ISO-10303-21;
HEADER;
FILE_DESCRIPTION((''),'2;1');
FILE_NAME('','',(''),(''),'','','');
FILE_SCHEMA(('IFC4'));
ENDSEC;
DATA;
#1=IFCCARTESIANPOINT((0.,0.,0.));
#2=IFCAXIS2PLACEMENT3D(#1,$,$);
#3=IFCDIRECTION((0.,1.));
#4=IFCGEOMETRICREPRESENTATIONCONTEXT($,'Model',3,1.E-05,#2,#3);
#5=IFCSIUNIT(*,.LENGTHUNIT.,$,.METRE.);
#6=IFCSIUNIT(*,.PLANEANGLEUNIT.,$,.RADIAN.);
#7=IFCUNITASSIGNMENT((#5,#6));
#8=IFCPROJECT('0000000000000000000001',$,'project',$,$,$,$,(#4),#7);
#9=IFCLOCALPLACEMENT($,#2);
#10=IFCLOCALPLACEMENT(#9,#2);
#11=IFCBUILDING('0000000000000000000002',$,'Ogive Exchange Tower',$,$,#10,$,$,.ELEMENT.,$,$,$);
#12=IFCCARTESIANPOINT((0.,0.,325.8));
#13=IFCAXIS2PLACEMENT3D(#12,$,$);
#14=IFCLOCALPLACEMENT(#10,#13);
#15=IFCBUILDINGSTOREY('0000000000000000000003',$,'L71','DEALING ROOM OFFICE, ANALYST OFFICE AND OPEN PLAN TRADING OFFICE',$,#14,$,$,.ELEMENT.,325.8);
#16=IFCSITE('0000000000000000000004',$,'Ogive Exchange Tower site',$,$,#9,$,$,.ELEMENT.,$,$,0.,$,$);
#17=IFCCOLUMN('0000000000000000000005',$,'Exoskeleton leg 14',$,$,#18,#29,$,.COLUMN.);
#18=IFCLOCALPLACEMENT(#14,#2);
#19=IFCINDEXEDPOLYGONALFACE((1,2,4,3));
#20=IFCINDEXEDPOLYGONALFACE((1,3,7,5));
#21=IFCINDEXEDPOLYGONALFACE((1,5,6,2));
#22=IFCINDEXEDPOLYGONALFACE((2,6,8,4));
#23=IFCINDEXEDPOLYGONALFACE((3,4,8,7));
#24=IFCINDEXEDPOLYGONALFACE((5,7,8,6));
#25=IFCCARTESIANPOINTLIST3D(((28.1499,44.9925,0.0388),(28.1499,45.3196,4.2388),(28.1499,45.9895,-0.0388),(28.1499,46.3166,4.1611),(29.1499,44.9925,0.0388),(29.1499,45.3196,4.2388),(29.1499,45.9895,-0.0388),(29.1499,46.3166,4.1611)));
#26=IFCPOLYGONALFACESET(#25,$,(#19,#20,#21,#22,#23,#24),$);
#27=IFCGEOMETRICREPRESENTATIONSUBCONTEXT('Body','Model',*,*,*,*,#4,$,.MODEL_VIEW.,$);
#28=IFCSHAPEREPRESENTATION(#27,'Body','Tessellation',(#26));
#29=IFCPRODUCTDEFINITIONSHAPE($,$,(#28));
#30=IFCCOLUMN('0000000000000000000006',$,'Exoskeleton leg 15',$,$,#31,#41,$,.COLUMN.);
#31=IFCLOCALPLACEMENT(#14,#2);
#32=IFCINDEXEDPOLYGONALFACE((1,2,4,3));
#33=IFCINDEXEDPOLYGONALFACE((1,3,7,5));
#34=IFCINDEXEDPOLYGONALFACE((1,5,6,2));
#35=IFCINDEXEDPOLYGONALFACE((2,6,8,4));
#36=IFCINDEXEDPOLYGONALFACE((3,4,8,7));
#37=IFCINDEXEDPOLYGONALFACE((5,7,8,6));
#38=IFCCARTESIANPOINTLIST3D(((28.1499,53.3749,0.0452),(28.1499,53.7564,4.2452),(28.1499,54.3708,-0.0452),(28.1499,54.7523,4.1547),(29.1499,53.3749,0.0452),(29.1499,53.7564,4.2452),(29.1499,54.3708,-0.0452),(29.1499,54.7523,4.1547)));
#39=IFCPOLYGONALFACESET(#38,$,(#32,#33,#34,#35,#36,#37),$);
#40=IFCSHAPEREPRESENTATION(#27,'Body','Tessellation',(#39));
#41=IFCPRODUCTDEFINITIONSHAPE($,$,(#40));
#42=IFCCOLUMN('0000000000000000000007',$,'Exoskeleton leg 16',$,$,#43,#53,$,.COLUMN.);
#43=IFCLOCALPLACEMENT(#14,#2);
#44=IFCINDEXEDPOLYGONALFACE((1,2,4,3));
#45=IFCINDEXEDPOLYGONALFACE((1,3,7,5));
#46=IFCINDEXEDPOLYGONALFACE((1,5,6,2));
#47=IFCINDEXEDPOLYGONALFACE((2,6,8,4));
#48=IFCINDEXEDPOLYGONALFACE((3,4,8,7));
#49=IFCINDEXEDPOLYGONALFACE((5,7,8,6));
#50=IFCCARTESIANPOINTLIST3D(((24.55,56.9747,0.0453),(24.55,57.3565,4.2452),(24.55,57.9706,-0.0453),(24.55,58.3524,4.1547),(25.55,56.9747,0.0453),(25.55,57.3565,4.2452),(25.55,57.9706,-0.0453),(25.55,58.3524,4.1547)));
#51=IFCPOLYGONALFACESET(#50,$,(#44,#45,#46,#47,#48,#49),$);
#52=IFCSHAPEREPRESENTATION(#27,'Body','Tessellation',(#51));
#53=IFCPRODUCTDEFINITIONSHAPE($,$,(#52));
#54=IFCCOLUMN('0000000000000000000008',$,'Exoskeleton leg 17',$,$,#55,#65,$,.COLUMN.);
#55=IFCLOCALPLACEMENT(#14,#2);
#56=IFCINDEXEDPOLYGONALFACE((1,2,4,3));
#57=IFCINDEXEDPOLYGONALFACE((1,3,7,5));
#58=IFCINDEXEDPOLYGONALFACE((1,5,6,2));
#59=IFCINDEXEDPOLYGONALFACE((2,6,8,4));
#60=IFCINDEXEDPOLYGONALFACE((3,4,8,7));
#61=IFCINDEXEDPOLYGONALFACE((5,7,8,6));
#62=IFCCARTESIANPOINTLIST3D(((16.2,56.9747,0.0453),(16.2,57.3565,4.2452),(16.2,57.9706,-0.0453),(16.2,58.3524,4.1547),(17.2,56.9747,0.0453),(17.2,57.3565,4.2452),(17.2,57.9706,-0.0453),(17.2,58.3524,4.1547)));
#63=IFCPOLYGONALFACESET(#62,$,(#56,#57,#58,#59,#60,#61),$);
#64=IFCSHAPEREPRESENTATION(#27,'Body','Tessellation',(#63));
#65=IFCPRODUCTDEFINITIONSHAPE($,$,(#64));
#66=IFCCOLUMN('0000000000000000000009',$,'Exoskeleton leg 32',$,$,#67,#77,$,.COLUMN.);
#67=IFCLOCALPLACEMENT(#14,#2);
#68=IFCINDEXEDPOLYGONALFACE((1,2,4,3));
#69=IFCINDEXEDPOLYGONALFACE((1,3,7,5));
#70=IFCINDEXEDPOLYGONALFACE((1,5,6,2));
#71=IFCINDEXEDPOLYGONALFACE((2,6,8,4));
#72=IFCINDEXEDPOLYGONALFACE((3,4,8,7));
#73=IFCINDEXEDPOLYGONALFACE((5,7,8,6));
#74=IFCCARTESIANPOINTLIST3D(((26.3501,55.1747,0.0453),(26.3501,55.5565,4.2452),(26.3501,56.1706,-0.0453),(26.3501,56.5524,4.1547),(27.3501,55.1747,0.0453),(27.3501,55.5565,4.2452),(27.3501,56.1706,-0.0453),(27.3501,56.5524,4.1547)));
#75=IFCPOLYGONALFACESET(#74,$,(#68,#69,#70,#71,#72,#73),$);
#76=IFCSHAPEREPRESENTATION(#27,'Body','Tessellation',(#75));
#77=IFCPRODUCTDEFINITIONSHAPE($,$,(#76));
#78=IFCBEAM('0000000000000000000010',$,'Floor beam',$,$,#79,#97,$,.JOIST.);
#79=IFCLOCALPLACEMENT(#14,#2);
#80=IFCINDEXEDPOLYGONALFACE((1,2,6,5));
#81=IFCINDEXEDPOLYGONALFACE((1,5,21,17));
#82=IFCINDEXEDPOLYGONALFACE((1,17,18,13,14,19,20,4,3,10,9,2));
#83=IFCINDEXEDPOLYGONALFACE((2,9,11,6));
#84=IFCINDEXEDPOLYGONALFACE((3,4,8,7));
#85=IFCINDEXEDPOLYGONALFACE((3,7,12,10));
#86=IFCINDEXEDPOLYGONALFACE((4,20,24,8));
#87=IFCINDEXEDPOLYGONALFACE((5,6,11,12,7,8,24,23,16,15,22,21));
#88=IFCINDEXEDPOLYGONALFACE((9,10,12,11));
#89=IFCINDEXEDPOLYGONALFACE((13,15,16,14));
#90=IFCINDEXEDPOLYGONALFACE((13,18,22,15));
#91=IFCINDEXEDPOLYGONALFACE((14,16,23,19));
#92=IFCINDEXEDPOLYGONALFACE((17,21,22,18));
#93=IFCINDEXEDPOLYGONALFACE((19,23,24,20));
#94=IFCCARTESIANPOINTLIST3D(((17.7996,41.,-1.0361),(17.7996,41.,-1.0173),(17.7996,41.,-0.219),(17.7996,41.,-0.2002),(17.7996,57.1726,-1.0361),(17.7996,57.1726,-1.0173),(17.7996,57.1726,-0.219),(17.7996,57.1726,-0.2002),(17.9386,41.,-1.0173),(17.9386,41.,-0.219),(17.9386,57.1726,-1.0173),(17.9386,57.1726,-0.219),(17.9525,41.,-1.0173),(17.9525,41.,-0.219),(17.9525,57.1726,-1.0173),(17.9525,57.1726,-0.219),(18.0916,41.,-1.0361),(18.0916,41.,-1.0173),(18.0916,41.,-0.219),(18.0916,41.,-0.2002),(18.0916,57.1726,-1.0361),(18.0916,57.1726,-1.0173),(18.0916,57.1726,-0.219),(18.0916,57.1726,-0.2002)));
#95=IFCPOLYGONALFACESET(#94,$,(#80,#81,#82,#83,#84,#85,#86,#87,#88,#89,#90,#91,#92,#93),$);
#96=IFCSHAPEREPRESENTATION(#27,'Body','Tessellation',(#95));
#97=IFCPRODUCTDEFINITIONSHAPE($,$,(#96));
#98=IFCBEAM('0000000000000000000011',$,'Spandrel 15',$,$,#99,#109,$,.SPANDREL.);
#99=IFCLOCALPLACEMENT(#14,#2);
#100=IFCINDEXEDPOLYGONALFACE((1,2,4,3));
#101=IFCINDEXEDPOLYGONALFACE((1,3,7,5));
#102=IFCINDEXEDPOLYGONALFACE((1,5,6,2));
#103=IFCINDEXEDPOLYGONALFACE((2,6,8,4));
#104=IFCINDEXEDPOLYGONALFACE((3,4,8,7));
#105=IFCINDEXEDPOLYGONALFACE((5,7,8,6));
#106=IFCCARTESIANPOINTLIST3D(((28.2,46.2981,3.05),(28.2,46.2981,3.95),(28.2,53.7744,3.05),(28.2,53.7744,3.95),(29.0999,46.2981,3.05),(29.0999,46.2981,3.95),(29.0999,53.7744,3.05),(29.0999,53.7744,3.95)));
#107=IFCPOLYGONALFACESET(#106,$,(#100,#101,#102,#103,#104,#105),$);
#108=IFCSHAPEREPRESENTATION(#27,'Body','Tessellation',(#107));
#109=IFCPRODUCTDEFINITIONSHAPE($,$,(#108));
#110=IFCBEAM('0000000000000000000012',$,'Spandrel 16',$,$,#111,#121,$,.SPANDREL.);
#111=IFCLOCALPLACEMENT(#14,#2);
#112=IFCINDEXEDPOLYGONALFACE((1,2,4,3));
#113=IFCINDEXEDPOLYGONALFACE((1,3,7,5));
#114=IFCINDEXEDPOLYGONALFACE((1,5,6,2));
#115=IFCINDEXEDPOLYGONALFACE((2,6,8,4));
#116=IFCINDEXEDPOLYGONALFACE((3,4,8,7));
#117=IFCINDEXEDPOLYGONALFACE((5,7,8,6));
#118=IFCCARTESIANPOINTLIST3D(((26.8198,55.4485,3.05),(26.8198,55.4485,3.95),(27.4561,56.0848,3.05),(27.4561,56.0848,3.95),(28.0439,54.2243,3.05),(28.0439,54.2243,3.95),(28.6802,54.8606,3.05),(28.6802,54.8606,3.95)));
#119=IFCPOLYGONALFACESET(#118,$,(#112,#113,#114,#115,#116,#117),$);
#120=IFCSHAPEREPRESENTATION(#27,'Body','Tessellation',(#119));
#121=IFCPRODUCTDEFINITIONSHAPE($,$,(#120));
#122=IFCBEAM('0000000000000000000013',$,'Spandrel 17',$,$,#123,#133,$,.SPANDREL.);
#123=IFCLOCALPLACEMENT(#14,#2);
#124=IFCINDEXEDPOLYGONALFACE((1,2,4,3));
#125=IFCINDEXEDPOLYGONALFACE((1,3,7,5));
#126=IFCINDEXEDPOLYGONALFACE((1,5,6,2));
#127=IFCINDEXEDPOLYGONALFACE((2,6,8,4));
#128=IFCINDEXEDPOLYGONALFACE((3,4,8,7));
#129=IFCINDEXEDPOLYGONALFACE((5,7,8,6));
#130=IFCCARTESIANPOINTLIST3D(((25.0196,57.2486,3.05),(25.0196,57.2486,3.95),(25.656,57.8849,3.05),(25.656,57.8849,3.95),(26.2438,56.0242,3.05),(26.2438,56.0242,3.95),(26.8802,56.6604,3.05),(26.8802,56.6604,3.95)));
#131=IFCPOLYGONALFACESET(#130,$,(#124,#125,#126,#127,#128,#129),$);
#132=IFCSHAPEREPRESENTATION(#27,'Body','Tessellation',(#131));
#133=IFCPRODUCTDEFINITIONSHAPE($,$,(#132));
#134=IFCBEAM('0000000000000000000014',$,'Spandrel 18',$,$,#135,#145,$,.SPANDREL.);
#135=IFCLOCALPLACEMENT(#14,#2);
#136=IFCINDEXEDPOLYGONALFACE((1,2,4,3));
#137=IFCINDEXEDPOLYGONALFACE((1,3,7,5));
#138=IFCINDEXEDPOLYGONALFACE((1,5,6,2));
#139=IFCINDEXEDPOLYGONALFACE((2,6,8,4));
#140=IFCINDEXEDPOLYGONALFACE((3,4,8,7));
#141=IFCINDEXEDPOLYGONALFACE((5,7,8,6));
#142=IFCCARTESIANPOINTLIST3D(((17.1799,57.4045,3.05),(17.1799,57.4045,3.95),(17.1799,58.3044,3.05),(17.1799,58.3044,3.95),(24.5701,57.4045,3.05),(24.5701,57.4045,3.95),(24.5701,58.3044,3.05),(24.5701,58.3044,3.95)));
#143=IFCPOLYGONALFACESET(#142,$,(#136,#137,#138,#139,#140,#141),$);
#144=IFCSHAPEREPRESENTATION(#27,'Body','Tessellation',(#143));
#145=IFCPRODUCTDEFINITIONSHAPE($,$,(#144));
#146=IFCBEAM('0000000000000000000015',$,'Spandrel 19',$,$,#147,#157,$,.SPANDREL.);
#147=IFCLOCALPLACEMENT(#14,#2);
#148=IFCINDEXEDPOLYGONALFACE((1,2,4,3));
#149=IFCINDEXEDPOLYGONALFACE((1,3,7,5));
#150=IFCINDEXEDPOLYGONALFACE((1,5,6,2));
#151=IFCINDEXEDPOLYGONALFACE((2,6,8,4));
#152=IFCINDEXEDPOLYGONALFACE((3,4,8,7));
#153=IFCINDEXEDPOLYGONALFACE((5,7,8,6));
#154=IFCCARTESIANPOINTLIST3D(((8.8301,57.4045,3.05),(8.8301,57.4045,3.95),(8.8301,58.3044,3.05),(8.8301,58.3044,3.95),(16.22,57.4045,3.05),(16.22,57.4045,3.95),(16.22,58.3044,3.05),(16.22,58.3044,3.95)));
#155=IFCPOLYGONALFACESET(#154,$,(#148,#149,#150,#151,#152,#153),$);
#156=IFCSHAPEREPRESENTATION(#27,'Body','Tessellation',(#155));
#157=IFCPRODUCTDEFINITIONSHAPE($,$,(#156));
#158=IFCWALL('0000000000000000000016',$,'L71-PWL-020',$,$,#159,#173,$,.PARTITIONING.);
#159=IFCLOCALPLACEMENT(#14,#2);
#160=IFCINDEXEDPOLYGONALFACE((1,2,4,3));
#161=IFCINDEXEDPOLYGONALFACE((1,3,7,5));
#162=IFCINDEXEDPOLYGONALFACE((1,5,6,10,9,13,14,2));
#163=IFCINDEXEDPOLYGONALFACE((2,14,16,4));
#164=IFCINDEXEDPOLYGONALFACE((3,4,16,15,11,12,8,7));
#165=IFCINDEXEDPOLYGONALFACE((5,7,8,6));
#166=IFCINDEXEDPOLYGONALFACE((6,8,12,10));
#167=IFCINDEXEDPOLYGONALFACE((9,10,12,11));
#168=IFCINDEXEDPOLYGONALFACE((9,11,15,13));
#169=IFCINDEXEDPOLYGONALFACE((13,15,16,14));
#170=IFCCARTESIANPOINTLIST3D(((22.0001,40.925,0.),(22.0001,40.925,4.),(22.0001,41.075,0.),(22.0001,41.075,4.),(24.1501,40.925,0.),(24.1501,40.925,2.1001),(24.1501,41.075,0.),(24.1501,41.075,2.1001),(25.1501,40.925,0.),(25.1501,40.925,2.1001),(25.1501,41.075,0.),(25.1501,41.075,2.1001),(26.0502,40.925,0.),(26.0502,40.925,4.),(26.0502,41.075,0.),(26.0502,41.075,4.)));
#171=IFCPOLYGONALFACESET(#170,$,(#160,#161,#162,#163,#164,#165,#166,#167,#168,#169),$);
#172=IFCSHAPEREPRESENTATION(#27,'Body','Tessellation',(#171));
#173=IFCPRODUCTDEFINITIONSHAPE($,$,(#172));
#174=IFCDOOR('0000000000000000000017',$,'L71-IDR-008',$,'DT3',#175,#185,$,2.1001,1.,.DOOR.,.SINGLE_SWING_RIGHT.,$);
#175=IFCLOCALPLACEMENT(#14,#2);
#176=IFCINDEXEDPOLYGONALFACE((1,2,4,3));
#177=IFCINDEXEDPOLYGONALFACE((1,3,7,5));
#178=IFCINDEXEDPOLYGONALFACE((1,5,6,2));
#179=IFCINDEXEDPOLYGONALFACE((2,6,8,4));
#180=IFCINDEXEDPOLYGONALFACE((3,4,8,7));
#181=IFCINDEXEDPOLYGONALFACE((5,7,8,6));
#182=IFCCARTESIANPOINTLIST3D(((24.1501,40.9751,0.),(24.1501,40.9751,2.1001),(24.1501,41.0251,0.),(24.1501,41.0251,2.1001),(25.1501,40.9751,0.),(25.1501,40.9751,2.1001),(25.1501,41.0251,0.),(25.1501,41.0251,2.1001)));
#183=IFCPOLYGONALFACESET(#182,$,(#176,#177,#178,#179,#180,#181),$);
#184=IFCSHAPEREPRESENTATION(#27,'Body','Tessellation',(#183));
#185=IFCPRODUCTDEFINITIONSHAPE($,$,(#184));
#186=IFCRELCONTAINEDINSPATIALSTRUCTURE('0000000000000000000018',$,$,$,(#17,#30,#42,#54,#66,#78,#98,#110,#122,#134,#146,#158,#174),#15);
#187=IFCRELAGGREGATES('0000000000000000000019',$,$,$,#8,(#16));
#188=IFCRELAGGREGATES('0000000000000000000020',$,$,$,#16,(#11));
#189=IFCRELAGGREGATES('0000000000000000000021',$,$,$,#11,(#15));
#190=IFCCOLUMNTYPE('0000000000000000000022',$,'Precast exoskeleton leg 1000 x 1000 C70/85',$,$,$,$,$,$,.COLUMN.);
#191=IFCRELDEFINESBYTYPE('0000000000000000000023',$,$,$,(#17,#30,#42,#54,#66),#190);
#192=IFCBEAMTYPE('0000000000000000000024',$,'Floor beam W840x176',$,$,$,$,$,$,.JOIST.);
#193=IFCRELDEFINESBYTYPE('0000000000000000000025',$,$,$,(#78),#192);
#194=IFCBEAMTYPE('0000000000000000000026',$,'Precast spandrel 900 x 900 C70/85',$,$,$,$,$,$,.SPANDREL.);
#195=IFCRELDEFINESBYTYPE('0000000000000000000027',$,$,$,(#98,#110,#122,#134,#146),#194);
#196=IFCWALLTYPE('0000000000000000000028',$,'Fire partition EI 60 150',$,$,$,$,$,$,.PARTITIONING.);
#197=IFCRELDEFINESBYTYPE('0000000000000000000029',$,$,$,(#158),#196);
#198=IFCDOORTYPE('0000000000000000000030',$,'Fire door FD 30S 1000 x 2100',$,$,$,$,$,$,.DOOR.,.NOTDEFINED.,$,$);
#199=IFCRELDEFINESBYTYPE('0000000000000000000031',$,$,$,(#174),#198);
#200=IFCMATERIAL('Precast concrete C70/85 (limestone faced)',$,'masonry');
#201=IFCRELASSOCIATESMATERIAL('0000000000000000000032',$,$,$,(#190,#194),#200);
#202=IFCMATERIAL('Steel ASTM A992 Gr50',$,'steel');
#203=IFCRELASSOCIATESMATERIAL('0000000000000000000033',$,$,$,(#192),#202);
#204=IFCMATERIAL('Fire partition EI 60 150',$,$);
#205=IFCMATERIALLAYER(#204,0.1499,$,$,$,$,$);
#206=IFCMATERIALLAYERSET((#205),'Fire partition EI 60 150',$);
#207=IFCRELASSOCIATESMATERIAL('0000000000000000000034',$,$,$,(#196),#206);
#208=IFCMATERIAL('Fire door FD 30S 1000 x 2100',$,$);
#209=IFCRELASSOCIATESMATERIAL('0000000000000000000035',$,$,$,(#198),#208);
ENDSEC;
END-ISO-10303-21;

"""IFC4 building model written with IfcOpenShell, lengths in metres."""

from ifc_helpers import new_model, si_unit, direction, frame, frame_2d, origin, origin_2d, place, context, subcontext, project, spatial, rectangle, i_section, extrude, material, layer, layer_set, material_profile, profile_set, type_object, element, fill, save


model = new_model("IFC4")

# Units and contexts
model_context = context("Model", 3, precision=1e-05, world=origin(), true_north=direction((0.0, 1.0)))
body_context = subcontext(model_context, "Body", "Model", "MODEL_VIEW")
ifc_project = project(units=[si_unit("LENGTHUNIT", "METRE"), si_unit("PLANEANGLEUNIT", "RADIAN")], contexts=[model_context])

# Site, building, storey
site_placement = place(None, origin())
site = spatial("IfcSite", under=ifc_project, at=site_placement, Name="Ogive Exchange Tower site", CompositionType="ELEMENT", RefElevation=0.0)
building_placement = place(site_placement, origin())
building = spatial("IfcBuilding", under=site, at=building_placement, Name="Ogive Exchange Tower", CompositionType="ELEMENT")
storey_placement = place(building_placement, frame((0.0, 0.0, 325.8)))
storey = spatial("IfcBuildingStorey", under=building, at=storey_placement, Name="L71", Description="DEALING ROOM OFFICE, ANALYST OFFICE AND OPEN PLAN TRADING OFFICE", CompositionType="ELEMENT", Elevation=325.8)

# Columns
ifc_material_1 = material(Name="Precast concrete C70/85 (limestone faced)", Category="masonry")
ifc_material_profile_1 = material_profile(ifc_material_1, rectangle(XDim=1.0, YDim=1.0, at=origin_2d()), Name="1000 x 1000")
ifc_profile_set_1 = profile_set([ifc_material_profile_1], Name="Precast concrete C70/85 (limestone faced)")
column_type = type_object("IfcColumnType", Name="Precast exoskeleton leg 1000 x 1000 C70/85", PredefinedType="COLUMN", material=ifc_profile_set_1)
column_placement = place(storey_placement, frame((28.6499, 45.491, 0.0), z_axis=(0.0, 0.077658, 0.99698), x_axis=(-1.0, 0.0, 0.0)))
element("IfcColumn", 1, at=column_placement, inside=storey, type_object=column_type, Name="Exoskeleton leg 14", PredefinedType="COLUMN", context=body_context, shape_type="SweptSolid", body=[
    extrude(rectangle(XDim=1.0, YDim=1.0, at=origin_2d()), origin(), (0.0, 0.0, 1.0), 4.2126),
])
for number, where, z_axis, x_axis, name in (
    (2, (28.6499, 53.8728, 0.0), (0.0, 0.090484, 0.995898), (-1.0, 0.0, 0.0), "Exoskeleton leg 15"),
    (3, (25.05, 57.4727, 0.0), (0.0, 0.090541, 0.995893), (-1.0, 0.0, 0.0), "Exoskeleton leg 16"),
    (4, (16.7, 57.4727, 0.0), (0.0, 0.090541, 0.995893), (-1.0, 0.0, 0.0), "Exoskeleton leg 17"),
    (5, (26.8501, 55.6726, 0.0), (0.0, 0.090541, 0.995893), (-1.0, 0.0, 0.0), "Exoskeleton leg 32"),
):
    element("IfcColumn", number, at=place(storey_placement, frame(where, z_axis=z_axis, x_axis=x_axis)), inside=storey, type_object=column_type, Name=name, PredefinedType="COLUMN", context=body_context, shape_type="SweptSolid", body=[
        extrude(rectangle(XDim=1.0, YDim=1.0, at=origin_2d()), origin(), (0.0, 0.0, 1.0), 4.2173),
    ])

# Beams
ifc_material_2 = material(Name="Steel ASTM A992 Gr50", Category="steel")
ifc_material_profile_2 = material_profile(ifc_material_2, i_section(OverallWidth=0.292, OverallDepth=0.8359, WebThickness=0.0139, FlangeThickness=0.0188, at=origin_2d()), Name="W840x176")
ifc_profile_set_2 = profile_set([ifc_material_profile_2], Name="Steel ASTM A992 Gr50")
beam_type_1 = type_object("IfcBeamType", Name="Floor beam W840x176", PredefinedType="JOIST", material=ifc_profile_set_2)
beam_1_placement = place(storey_placement, frame((17.9456, 41.0, -0.6182), z_axis=(0.0, 1.0, 0.0), x_axis=(-1.0, 0.0, 0.0)))
element("IfcBeam", 6, at=beam_1_placement, inside=storey, type_object=beam_type_1, Name="Floor beam", PredefinedType="JOIST", context=body_context, shape_type="SweptSolid", body=[
    extrude(i_section(OverallWidth=0.292, OverallDepth=0.8359, WebThickness=0.0139, FlangeThickness=0.0188, at=origin_2d()), origin(), (0.0, 0.0, 1.0), 16.1726),
])
ifc_material_profile_3 = material_profile(ifc_material_1, rectangle(XDim=0.8999, YDim=0.8999, at=origin_2d()), Name="900 x 900")
ifc_profile_set_3 = profile_set([ifc_material_profile_3], Name="Precast concrete C70/85 (limestone faced)")
beam_type_2 = type_object("IfcBeamType", Name="Precast spandrel 900 x 900 C70/85", PredefinedType="SPANDREL", material=ifc_profile_set_3)
beam_2_placement = place(storey_placement, frame((28.6499, 46.2981, 3.5), z_axis=(0.0, 1.0, 0.0), x_axis=(-1.0, 0.0, 0.0)))
element("IfcBeam", 7, at=beam_2_placement, inside=storey, type_object=beam_type_2, Name="Spandrel 15", PredefinedType="SPANDREL", context=body_context, shape_type="SweptSolid", body=[
    extrude(rectangle(XDim=0.8999, YDim=0.8999, at=origin_2d()), origin(), (0.0, 0.0, 1.0), 7.4763),
])
beam_3_placement = place(storey_placement, frame((28.3621, 54.5425, 3.5), z_axis=(-0.707107, 0.707107, 0.0), x_axis=(-0.707107, -0.707107, 0.0)))
element("IfcBeam", 8, at=beam_3_placement, inside=storey, type_object=beam_type_2, Name="Spandrel 16", PredefinedType="SPANDREL", context=body_context, shape_type="SweptSolid", body=[
    extrude(rectangle(XDim=0.8999, YDim=0.8999, at=origin_2d()), origin(), (0.0, 0.0, 1.0), 1.7312),
])
beam_4_placement = place(storey_placement, frame((26.562, 56.3423, 3.5), z_axis=(-0.707036, 0.707177, 0.0), x_axis=(-0.707177, -0.707036, 0.0)))
element("IfcBeam", 9, at=beam_4_placement, inside=storey, type_object=beam_type_2, Name="Spandrel 17", PredefinedType="SPANDREL", context=body_context, shape_type="SweptSolid", body=[
    extrude(rectangle(XDim=0.8999, YDim=0.8999, at=origin_2d()), origin(), (0.0, 0.0, 1.0), 1.7314),
])
beam_5_placement = place(storey_placement, frame((24.5701, 57.8545, 3.5), z_axis=(-1.0, 0.0, 0.0), x_axis=(0.0, -1.0, 0.0)))
element("IfcBeam", 10, at=beam_5_placement, inside=storey, type_object=beam_type_2, Name="Spandrel 18", PredefinedType="SPANDREL", context=body_context, shape_type="SweptSolid", body=[
    extrude(rectangle(XDim=0.8999, YDim=0.8999, at=origin_2d()), origin(), (0.0, 0.0, 1.0), 7.3901),
])
beam_6_placement = place(storey_placement, frame((16.22, 57.8545, 3.5), z_axis=(-1.0, 0.0, 0.0), x_axis=(0.0, -1.0, 0.0)))
element("IfcBeam", 11, at=beam_6_placement, inside=storey, type_object=beam_type_2, Name="Spandrel 19", PredefinedType="SPANDREL", context=body_context, shape_type="SweptSolid", body=[
    extrude(rectangle(XDim=0.8999, YDim=0.8999, at=origin_2d()), origin(), (0.0, 0.0, 1.0), 7.3899),
])

# Wall, opening, door
ifc_material_3 = material(Name="Fire partition EI 60 150")
ifc_layer_1 = layer(ifc_material_3, 0.1499)
ifc_layer_set_1 = layer_set([ifc_layer_1], Name="Fire partition EI 60 150")
wall_type_1 = type_object("IfcWallType", Name="Fire partition EI 60 150", PredefinedType="PARTITIONING", material=ifc_layer_set_1)
wall_1_placement = place(storey_placement, frame((26.05, 41.0, 0.0), z_axis=(0.0, 0.0, 1.0), x_axis=(-1.0, 0.0, 0.0)))
wall_1 = element("IfcWall", 12, at=wall_1_placement, inside=storey, type_object=wall_type_1, Name="L71-PWL-020", PredefinedType="PARTITIONING", context=body_context, shape_type="SweptSolid", body=[
    extrude(rectangle(XDim=4.05, YDim=0.1499, at=frame_2d((2.0249, 0.0))), origin(), (0.0, 0.0, 1.0), 4.0),
])
opening_1_placement = place(wall_1_placement, frame((0.8999, 0.0, 0.0)))
opening_1 = element("IfcOpeningElement", 13, at=opening_1_placement, cuts=wall_1, PredefinedType="OPENING", context=body_context, shape_type="SweptSolid", body=[
    extrude(rectangle(XDim=1.0, YDim=2.1001, at=frame_2d((0.5, 1.05))), frame((0.0, 0.085, 0.0), z_axis=(0.0, -1.0, 0.0), x_axis=(1.0, 0.0, 0.0)), (0.0, 0.0, 1.0), 0.1699),
])
ifc_material_4 = material(Name="Fire door FD 30S 1000 x 2100")
door_type_1 = type_object("IfcDoorType", Name="Fire door FD 30S 1000 x 2100", OperationType="NOTDEFINED", PredefinedType="DOOR", material=ifc_material_4)
door_1_placement = place(opening_1_placement, origin())
door_1 = element("IfcDoor", 14, at=door_1_placement, inside=storey, type_object=door_type_1, Name="L71-IDR-008", ObjectType="DT3", OperationType="SINGLE_SWING_RIGHT", OverallHeight=2.1001, OverallWidth=1.0, PredefinedType="DOOR", context=body_context, shape_type="SweptSolid", body=[
    extrude(rectangle(XDim=1.0, YDim=2.1001, at=frame_2d((0.5, 1.05))), frame((0.0, 0.0249, 0.0), z_axis=(0.0, -1.0, 0.0), x_axis=(1.0, 0.0, 0.0)), (0.0, 0.0, 1.0), 0.05),
])
fill(opening_1, door_1)

save(model, "model.ifc")
